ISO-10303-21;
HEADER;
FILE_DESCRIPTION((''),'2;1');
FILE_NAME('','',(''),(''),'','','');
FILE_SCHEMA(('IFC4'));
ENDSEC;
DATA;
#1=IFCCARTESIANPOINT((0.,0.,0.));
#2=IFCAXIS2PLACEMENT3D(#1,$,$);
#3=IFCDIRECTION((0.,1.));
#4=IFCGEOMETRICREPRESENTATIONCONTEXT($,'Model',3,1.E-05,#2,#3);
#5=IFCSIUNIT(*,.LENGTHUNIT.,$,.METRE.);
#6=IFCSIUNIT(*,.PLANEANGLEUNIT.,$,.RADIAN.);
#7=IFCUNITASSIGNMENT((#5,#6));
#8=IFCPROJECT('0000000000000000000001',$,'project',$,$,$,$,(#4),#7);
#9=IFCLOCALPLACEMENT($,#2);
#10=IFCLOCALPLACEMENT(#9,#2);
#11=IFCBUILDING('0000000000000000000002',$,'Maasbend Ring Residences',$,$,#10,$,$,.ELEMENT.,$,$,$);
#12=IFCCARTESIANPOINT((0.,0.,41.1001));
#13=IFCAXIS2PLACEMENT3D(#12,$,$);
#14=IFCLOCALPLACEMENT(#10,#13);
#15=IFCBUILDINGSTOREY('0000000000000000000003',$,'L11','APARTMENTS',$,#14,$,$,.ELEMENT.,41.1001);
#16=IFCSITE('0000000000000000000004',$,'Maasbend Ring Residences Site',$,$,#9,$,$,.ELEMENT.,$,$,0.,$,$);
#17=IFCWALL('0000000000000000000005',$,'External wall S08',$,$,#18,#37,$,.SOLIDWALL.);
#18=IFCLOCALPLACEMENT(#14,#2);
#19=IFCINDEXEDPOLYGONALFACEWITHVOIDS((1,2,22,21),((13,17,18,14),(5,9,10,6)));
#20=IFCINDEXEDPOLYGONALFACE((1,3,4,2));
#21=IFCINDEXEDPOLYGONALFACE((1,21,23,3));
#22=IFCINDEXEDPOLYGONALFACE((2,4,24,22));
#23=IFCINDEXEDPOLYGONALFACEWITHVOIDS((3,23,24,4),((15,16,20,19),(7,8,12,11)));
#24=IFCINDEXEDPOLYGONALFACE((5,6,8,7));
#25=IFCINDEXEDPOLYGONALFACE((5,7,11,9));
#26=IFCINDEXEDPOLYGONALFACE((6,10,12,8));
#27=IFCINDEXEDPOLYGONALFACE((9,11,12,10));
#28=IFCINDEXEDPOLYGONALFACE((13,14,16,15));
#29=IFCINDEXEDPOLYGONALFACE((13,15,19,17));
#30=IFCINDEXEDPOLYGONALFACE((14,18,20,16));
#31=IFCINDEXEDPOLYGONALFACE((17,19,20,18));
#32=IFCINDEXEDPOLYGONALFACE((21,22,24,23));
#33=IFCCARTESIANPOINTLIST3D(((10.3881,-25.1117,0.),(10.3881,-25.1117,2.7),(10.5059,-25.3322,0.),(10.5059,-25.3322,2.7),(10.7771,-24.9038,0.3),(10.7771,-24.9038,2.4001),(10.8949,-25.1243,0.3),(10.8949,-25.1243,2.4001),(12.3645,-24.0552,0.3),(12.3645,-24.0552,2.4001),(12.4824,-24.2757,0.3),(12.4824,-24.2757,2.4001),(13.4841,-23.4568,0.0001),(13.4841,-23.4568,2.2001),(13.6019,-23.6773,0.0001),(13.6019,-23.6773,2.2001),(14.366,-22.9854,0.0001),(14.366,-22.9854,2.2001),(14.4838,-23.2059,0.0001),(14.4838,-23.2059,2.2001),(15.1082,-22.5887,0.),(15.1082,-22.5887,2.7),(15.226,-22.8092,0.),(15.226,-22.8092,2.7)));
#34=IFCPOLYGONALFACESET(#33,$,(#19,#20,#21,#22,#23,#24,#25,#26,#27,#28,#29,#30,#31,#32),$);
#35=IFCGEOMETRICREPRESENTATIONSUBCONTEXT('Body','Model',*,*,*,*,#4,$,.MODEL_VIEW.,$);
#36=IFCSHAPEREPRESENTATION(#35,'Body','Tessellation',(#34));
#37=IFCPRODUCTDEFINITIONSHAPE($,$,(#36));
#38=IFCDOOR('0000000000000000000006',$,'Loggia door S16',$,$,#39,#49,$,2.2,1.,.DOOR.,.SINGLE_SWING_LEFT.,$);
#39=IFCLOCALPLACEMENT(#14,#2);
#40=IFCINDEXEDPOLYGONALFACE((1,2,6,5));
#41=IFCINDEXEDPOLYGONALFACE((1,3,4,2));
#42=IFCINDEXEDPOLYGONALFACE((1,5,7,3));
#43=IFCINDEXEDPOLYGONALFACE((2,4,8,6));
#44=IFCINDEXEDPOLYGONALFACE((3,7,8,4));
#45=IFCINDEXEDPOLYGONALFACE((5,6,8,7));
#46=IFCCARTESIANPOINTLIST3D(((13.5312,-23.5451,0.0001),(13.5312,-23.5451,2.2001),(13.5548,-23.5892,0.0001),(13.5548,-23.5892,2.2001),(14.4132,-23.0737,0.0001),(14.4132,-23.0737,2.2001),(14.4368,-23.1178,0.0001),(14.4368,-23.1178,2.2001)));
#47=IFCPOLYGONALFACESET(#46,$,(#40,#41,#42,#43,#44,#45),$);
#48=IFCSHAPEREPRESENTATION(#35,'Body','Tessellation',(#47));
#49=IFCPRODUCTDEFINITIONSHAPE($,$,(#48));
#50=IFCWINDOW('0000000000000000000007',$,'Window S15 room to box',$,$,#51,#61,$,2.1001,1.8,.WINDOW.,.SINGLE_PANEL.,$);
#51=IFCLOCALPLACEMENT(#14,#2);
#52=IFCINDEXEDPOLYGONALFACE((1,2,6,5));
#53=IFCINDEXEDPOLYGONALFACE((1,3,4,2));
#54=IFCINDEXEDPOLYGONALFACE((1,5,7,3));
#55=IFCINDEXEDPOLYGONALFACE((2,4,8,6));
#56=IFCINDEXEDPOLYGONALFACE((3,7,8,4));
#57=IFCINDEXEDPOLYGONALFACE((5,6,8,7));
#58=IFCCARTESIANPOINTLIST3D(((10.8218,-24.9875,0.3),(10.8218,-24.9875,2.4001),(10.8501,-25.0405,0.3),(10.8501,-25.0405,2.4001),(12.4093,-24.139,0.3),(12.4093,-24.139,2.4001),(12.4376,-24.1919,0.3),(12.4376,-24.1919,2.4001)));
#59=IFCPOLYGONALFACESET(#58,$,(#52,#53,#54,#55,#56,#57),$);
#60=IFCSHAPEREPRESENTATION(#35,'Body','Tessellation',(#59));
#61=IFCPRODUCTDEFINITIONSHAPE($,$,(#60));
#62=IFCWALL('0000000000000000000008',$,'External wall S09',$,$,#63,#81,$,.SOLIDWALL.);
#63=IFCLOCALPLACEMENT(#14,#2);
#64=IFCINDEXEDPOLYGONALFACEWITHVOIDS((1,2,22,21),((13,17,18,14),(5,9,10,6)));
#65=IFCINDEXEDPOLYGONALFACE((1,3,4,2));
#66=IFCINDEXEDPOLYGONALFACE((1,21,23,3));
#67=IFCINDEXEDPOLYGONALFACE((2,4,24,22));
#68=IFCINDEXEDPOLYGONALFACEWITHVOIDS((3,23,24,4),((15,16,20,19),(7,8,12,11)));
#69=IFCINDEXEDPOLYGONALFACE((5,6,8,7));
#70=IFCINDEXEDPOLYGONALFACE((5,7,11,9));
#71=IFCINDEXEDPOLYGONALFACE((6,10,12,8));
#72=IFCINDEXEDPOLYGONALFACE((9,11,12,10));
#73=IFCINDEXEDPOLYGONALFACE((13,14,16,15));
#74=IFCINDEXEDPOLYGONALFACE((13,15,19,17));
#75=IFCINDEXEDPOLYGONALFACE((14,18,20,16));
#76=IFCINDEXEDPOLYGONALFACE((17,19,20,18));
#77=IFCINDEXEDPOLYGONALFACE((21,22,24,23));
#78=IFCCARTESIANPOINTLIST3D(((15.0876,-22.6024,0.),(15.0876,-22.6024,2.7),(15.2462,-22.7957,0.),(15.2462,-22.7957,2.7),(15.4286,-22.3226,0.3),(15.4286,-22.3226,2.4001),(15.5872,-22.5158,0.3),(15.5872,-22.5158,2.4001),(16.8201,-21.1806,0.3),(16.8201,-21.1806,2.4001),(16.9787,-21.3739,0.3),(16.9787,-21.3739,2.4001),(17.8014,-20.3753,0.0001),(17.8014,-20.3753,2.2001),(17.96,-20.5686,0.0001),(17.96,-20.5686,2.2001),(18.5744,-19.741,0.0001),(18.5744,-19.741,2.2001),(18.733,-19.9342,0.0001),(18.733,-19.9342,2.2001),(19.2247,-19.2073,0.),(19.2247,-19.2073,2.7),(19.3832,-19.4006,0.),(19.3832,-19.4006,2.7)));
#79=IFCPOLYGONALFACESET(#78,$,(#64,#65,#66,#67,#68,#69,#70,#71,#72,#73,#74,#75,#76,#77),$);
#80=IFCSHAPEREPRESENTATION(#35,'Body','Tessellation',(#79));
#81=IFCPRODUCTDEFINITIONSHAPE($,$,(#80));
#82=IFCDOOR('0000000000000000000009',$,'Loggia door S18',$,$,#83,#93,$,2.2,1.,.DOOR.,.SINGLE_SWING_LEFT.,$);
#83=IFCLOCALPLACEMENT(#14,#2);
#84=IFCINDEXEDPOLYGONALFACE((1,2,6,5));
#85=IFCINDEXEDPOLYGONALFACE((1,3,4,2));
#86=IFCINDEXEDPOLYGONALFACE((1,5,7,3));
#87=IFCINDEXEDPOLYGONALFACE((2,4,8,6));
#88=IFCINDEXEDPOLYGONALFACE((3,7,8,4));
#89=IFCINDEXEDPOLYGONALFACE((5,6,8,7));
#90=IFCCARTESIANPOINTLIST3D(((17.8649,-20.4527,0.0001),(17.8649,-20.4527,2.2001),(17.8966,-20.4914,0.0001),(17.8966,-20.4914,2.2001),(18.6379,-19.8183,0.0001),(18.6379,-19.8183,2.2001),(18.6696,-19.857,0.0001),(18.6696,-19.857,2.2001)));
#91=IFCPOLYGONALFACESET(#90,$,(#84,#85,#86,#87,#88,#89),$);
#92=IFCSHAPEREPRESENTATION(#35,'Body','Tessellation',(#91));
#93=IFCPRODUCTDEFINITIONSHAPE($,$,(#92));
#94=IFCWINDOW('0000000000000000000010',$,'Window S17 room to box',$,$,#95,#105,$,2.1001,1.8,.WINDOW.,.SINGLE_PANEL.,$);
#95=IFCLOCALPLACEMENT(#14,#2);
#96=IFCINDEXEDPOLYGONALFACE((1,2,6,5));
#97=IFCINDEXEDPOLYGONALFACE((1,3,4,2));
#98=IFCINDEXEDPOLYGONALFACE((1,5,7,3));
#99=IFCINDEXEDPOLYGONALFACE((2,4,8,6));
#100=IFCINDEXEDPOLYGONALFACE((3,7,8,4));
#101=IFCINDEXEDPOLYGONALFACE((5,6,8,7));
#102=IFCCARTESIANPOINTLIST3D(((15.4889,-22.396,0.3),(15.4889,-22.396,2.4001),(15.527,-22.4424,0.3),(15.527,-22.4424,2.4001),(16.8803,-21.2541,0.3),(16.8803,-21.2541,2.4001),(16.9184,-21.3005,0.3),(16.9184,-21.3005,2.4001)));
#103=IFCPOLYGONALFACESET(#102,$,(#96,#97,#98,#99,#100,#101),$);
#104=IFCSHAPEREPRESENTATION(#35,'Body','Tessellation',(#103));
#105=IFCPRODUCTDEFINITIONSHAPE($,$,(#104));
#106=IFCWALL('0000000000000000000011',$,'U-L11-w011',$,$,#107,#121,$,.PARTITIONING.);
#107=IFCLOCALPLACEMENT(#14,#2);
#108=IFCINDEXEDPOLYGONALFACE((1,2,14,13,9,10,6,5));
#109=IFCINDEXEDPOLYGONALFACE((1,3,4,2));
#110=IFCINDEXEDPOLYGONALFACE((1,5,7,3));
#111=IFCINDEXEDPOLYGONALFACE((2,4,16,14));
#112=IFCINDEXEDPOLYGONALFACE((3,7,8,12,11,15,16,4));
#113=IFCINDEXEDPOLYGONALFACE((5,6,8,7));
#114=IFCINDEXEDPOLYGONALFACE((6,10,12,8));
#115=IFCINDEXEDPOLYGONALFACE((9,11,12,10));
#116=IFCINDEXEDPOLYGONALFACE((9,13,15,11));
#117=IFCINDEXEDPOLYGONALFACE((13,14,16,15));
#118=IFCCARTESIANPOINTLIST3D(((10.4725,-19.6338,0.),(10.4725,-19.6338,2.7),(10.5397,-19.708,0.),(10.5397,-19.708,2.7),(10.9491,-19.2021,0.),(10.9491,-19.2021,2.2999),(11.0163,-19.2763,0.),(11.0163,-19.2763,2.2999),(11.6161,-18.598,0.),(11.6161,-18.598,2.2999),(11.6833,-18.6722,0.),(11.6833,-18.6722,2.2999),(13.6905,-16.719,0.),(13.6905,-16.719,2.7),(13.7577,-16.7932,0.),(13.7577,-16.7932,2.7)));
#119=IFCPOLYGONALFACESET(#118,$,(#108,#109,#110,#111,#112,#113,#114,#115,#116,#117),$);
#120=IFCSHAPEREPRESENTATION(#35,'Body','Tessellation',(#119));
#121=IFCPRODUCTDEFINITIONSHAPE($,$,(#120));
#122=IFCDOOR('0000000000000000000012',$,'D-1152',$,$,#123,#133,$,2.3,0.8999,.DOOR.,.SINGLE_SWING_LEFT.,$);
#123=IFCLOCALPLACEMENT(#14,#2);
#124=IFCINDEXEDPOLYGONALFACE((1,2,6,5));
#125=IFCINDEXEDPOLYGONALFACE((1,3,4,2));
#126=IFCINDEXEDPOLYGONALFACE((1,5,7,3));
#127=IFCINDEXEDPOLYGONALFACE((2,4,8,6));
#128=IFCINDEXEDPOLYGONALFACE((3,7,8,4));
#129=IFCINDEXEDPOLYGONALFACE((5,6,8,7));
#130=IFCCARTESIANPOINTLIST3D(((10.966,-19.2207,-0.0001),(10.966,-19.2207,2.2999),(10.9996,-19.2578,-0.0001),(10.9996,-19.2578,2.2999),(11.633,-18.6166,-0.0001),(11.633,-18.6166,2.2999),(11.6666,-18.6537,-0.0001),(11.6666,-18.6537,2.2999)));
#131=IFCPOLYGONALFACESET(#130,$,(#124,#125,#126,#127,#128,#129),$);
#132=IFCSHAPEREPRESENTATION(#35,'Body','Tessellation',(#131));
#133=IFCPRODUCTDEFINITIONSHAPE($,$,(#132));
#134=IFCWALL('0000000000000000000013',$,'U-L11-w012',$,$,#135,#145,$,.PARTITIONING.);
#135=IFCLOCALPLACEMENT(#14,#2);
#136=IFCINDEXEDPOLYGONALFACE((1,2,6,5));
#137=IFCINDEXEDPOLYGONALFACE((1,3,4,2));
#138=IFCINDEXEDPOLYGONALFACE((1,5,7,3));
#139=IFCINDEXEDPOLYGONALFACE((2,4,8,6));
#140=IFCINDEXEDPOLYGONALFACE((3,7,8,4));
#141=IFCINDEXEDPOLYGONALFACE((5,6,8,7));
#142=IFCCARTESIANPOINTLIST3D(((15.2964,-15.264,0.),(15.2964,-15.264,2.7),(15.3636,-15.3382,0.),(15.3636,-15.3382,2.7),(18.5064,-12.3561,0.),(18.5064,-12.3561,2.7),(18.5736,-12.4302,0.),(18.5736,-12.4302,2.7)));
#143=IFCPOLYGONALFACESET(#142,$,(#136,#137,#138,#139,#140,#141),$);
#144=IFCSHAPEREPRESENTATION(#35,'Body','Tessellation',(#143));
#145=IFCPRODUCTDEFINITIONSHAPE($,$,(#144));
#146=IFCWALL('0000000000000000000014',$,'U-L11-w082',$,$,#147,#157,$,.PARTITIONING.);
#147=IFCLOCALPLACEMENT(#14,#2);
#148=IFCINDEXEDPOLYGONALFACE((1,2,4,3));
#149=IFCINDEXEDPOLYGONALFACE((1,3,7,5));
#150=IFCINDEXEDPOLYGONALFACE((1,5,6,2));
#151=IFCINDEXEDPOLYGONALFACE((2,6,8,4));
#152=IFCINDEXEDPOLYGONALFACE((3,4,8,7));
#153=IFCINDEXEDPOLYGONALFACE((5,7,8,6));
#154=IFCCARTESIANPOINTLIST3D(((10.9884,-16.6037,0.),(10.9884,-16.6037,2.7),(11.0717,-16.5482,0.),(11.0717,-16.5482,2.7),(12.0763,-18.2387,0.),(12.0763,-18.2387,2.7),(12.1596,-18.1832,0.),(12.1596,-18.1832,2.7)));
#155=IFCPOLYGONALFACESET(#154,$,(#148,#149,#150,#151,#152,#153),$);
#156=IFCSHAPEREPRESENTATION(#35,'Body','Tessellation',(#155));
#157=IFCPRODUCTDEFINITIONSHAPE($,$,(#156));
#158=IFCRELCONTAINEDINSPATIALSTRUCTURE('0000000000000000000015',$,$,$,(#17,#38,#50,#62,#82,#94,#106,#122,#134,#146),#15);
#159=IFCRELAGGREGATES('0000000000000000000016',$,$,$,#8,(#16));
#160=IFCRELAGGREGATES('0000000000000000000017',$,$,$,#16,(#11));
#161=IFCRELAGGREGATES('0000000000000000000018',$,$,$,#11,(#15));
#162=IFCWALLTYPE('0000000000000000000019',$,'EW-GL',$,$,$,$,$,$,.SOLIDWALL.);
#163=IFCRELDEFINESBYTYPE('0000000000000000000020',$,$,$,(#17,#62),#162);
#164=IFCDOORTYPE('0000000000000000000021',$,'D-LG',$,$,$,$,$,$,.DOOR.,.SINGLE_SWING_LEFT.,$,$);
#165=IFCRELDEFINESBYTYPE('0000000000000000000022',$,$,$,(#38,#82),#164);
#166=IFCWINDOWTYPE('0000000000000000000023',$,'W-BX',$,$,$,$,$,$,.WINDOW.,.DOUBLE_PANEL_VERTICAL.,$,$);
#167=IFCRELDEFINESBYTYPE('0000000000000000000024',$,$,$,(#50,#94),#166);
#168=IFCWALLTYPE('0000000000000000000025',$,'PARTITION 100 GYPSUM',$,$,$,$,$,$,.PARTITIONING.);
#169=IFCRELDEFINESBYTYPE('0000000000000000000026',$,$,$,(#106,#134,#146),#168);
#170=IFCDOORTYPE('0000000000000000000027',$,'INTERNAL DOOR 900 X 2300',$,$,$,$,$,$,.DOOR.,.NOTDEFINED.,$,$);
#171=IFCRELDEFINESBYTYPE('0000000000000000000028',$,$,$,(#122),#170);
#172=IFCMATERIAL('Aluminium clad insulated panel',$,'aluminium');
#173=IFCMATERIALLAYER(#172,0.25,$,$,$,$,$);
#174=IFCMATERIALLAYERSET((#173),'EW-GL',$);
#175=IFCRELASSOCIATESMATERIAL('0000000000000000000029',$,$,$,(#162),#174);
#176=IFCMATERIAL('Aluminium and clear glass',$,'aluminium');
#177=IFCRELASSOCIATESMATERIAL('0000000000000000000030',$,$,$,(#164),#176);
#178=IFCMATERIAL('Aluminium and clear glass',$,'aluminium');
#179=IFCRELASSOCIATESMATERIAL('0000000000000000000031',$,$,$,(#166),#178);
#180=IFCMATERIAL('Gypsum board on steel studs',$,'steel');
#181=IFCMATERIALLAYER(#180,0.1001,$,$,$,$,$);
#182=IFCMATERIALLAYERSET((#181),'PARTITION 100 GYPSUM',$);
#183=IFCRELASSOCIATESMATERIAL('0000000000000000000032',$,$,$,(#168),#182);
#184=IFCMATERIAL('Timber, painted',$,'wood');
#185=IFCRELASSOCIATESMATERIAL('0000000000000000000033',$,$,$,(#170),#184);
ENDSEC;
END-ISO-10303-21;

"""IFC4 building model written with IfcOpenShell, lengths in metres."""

from ifc_helpers import new_model, si_unit, direction, frame, frame_2d, origin, place, context, subcontext, project, spatial, rectangle, extrude, material, layer, layer_set, type_object, element, fill, save


model = new_model("IFC4")

# Units and contexts
model_context = context("Model", 3, precision=1e-05, world=origin(), true_north=direction((0.0, 1.0)))
body_context = subcontext(model_context, "Body", "Model", "MODEL_VIEW")
ifc_project = project(units=[si_unit("LENGTHUNIT", "METRE"), si_unit("PLANEANGLEUNIT", "RADIAN")], contexts=[model_context])

# Site, building, storey
site_placement = place(None, origin())
site = spatial("IfcSite", under=ifc_project, at=site_placement, Name="Maasbend Ring Residences Site", CompositionType="ELEMENT", RefElevation=0.0)
building_placement = place(site_placement, origin())
building = spatial("IfcBuilding", under=site, at=building_placement, Name="Maasbend Ring Residences", CompositionType="ELEMENT")
storey_placement = place(building_placement, frame((0.0, 0.0, 41.1001)))
storey = spatial("IfcBuildingStorey", under=building, at=storey_placement, Name="L11", Description="APARTMENTS", CompositionType="ELEMENT", Elevation=41.1001)

# Walls, openings, doors, windows
ifc_material_1 = material(Name="Aluminium clad insulated panel", Category="aluminium")
ifc_layer_1 = layer(ifc_material_1, 0.25)
ifc_layer_set_1 = layer_set([ifc_layer_1], Name="EW-GL")
wall_type_1 = type_object("IfcWallType", Name="EW-GL", PredefinedType="SOLIDWALL", material=ifc_layer_set_1)
wall_1_placement = place(storey_placement, frame((10.447, -25.2219, 0.0), z_axis=(0.0, 0.0, 1.0), x_axis=(0.881916, 0.471407, 0.0)))
wall_1 = element("IfcWall", 1, at=wall_1_placement, inside=storey, type_object=wall_type_1, Name="External wall S08", PredefinedType="SOLIDWALL", context=body_context, shape_type="SweptSolid", body=[
    extrude(rectangle(XDim=5.3521, YDim=0.25, at=frame_2d((2.676, 0.0))), origin(), (0.0, 0.0, 1.0), 2.7),
])
opening_1_placement = place(wall_1_placement, frame((0.4412, 0.0, 0.3)))
opening_1 = element("IfcOpeningElement", 2, at=opening_1_placement, cuts=wall_1, PredefinedType="OPENING", context=body_context, shape_type="SweptSolid", body=[
    extrude(rectangle(XDim=1.8, YDim=2.1001, at=frame_2d((0.8999, 1.05))), frame((0.0, 0.135, 0.0), z_axis=(0.0, -1.0, 0.0), x_axis=(1.0, 0.0, 0.0)), (0.0, 0.0, 1.0), 0.27),
])
opening_2_placement = place(wall_1_placement, frame((3.5105, 0.0, 0.0)))
opening_2 = element("IfcOpeningElement", 3, at=opening_2_placement, cuts=wall_1, PredefinedType="OPENING", context=body_context, shape_type="SweptSolid", body=[
    extrude(rectangle(XDim=1.0, YDim=2.2, at=frame_2d((0.5, 1.1001))), frame((0.0, 0.135, 0.0), z_axis=(0.0, -1.0, 0.0), x_axis=(1.0, 0.0, 0.0)), (0.0, 0.0, 1.0), 0.27),
])
ifc_material_2 = material(Name="Aluminium and clear glass", Category="aluminium")
door_type_1 = type_object("IfcDoorType", Name="D-LG", OperationType="SINGLE_SWING_LEFT", PredefinedType="DOOR", material=ifc_material_2)
door_1_placement = place(opening_2_placement, origin())
door_1 = element("IfcDoor", 4, at=door_1_placement, inside=storey, type_object=door_type_1, Name="Loggia door S16", OperationType="SINGLE_SWING_LEFT", OverallHeight=2.2, OverallWidth=1.0, PredefinedType="DOOR", context=body_context, shape_type="SweptSolid", body=[
    extrude(rectangle(XDim=1.0, YDim=2.2, at=frame_2d((0.5, 1.1001))), frame((0.0, 0.0249, 0.0), z_axis=(0.0, -1.0, 0.0), x_axis=(1.0, 0.0, 0.0)), (0.0, 0.0, 1.0), 0.05),
])
fill(opening_2, door_1)
ifc_material_3 = material(Name="Aluminium and clear glass", Category="aluminium")
window_type_1 = type_object("IfcWindowType", Name="W-BX", PartitioningType="DOUBLE_PANEL_VERTICAL", PredefinedType="WINDOW", material=ifc_material_3)
window_1_placement = place(opening_1_placement, origin())
window_1 = element("IfcWindow", 5, at=window_1_placement, inside=storey, type_object=window_type_1, Name="Window S15 room to box", OverallHeight=2.1001, OverallWidth=1.8, PartitioningType="SINGLE_PANEL", PredefinedType="WINDOW", context=body_context, shape_type="SweptSolid", body=[
    extrude(rectangle(XDim=1.8, YDim=2.1001, at=frame_2d((0.8999, 1.05))), frame((0.0, 0.03, 0.0), z_axis=(0.0, -1.0, 0.0), x_axis=(1.0, 0.0, 0.0)), (0.0, 0.0, 1.0), 0.0601),
])
fill(opening_1, window_1)
wall_2_placement = place(storey_placement, frame((15.167, -22.699, 0.0), z_axis=(0.0, 0.0, 1.0), x_axis=(0.773019, 0.634382, 0.0)))
wall_2 = element("IfcWall", 6, at=wall_2_placement, inside=storey, type_object=wall_type_1, Name="External wall S09", PredefinedType="SOLIDWALL", context=body_context, shape_type="SweptSolid", body=[
    extrude(rectangle(XDim=5.3518, YDim=0.25, at=frame_2d((2.6758, 0.0))), origin(), (0.0, 0.0, 1.0), 2.7),
])
opening_3_placement = place(wall_2_placement, frame((0.4412, 0.0, 0.3)))
opening_3 = element("IfcOpeningElement", 7, at=opening_3_placement, cuts=wall_2, PredefinedType="OPENING", context=body_context, shape_type="SweptSolid", body=[
    extrude(rectangle(XDim=1.8, YDim=2.1001, at=frame_2d((0.8999, 1.05))), frame((0.0, 0.135, 0.0), z_axis=(0.0, -1.0, 0.0), x_axis=(1.0, 0.0, 0.0)), (0.0, 0.0, 1.0), 0.27),
])
opening_4_placement = place(wall_2_placement, frame((3.5105, 0.0, 0.0)))
opening_4 = element("IfcOpeningElement", 8, at=opening_4_placement, cuts=wall_2, PredefinedType="OPENING", context=body_context, shape_type="SweptSolid", body=[
    extrude(rectangle(XDim=1.0, YDim=2.2, at=frame_2d((0.5, 1.1001))), frame((0.0, 0.135, 0.0), z_axis=(0.0, -1.0, 0.0), x_axis=(1.0, 0.0, 0.0)), (0.0, 0.0, 1.0), 0.27),
])
door_2_placement = place(opening_4_placement, origin())
door_2 = element("IfcDoor", 9, at=door_2_placement, inside=storey, type_object=door_type_1, Name="Loggia door S18", OperationType="SINGLE_SWING_LEFT", OverallHeight=2.2, OverallWidth=1.0, PredefinedType="DOOR", context=body_context, shape_type="SweptSolid", body=[
    extrude(rectangle(XDim=1.0, YDim=2.2, at=frame_2d((0.5, 1.1001))), frame((0.0, 0.0249, 0.0), z_axis=(0.0, -1.0, 0.0), x_axis=(1.0, 0.0, 0.0)), (0.0, 0.0, 1.0), 0.05),
])
fill(opening_4, door_2)
window_2_placement = place(opening_3_placement, origin())
window_2 = element("IfcWindow", 10, at=window_2_placement, inside=storey, type_object=window_type_1, Name="Window S17 room to box", OverallHeight=2.1001, OverallWidth=1.8, PartitioningType="SINGLE_PANEL", PredefinedType="WINDOW", context=body_context, shape_type="SweptSolid", body=[
    extrude(rectangle(XDim=1.8, YDim=2.1001, at=frame_2d((0.8999, 1.05))), frame((0.0, 0.03, 0.0), z_axis=(0.0, -1.0, 0.0), x_axis=(1.0, 0.0, 0.0)), (0.0, 0.0, 1.0), 0.0601),
])
fill(opening_3, window_2)

# Wall, opening, door
ifc_material_4 = material(Name="Gypsum board on steel studs", Category="steel")
ifc_layer_2 = layer(ifc_material_4, 0.1001)
ifc_layer_set_2 = layer_set([ifc_layer_2], Name="PARTITION 100 GYPSUM")
wall_type_2 = type_object("IfcWallType", Name="PARTITION 100 GYPSUM", PredefinedType="PARTITIONING", material=ifc_layer_set_2)
wall_3_placement = place(storey_placement, frame((10.5061, -19.6709, 0.0), z_axis=(0.0, 0.0, 1.0), x_axis=(0.741163, 0.671325, 0.0)))
wall_3 = element("IfcWall", 11, at=wall_3_placement, inside=storey, type_object=wall_type_2, Name="U-L11-w011", PredefinedType="PARTITIONING", context=body_context, shape_type="SweptSolid", body=[
    extrude(rectangle(XDim=4.3418, YDim=0.1001, at=frame_2d((2.1709, 0.0))), origin(), (0.0, 0.0, 1.0), 2.7),
])
opening_5_placement = place(wall_3_placement, frame((0.6431, 0.0, 0.0)))
opening_5 = element("IfcOpeningElement", 12, at=opening_5_placement, cuts=wall_3, PredefinedType="OPENING", context=body_context, shape_type="SweptSolid", body=[
    extrude(rectangle(XDim=0.8999, YDim=2.3, at=frame_2d((0.45, 1.1499))), frame((0.0, 0.0601, 0.0), z_axis=(0.0, -1.0, 0.0), x_axis=(1.0, 0.0, 0.0)), (0.0, 0.0, 1.0), 0.1201),
])
ifc_material_5 = material(Name="Timber, painted", Category="wood")
door_type_2 = type_object("IfcDoorType", Name="INTERNAL DOOR 900 X 2300", OperationType="NOTDEFINED", PredefinedType="DOOR", material=ifc_material_5)
door_3_placement = place(opening_5_placement, origin())
door_3 = element("IfcDoor", 13, at=door_3_placement, inside=storey, type_object=door_type_2, Name="D-1152", OperationType="SINGLE_SWING_LEFT", OverallHeight=2.3, OverallWidth=0.8999, PredefinedType="DOOR", context=body_context, shape_type="SweptSolid", body=[
    extrude(rectangle(XDim=0.8999, YDim=2.3, at=frame_2d((0.45, 1.1499))), frame((0.0, 0.0249, 0.0), z_axis=(0.0, -1.0, 0.0), x_axis=(1.0, 0.0, 0.0)), (0.0, 0.0, 1.0), 0.05),
])
fill(opening_5, door_3)

# Walls
wall_4_placement = place(storey_placement, frame((15.3301, -15.301, 0.0), z_axis=(0.0, 0.0, 1.0), x_axis=(0.74111, 0.671384, 0.0)))
element("IfcWall", 14, at=wall_4_placement, inside=storey, type_object=wall_type_2, Name="U-L11-w012", PredefinedType="PARTITIONING", context=body_context, shape_type="SweptSolid", body=[
    extrude(rectangle(XDim=4.3313, YDim=0.1001, at=frame_2d((2.1655, 0.0))), origin(), (0.0, 0.0, 1.0), 2.7),
])
wall_5_placement = place(storey_placement, frame((11.03, -16.5759, 0.0), z_axis=(0.0, 0.0, 1.0), x_axis=(0.553954, -0.832547, 0.0)))
element("IfcWall", 15, at=wall_5_placement, inside=storey, type_object=wall_type_2, Name="U-L11-w082", PredefinedType="PARTITIONING", context=body_context, shape_type="SweptSolid", body=[
    extrude(rectangle(XDim=1.9639, YDim=0.1001, at=frame_2d((0.9819, 0.0))), origin(), (0.0, 0.0, 1.0), 2.7),
])

save(model, "model.ifc")
